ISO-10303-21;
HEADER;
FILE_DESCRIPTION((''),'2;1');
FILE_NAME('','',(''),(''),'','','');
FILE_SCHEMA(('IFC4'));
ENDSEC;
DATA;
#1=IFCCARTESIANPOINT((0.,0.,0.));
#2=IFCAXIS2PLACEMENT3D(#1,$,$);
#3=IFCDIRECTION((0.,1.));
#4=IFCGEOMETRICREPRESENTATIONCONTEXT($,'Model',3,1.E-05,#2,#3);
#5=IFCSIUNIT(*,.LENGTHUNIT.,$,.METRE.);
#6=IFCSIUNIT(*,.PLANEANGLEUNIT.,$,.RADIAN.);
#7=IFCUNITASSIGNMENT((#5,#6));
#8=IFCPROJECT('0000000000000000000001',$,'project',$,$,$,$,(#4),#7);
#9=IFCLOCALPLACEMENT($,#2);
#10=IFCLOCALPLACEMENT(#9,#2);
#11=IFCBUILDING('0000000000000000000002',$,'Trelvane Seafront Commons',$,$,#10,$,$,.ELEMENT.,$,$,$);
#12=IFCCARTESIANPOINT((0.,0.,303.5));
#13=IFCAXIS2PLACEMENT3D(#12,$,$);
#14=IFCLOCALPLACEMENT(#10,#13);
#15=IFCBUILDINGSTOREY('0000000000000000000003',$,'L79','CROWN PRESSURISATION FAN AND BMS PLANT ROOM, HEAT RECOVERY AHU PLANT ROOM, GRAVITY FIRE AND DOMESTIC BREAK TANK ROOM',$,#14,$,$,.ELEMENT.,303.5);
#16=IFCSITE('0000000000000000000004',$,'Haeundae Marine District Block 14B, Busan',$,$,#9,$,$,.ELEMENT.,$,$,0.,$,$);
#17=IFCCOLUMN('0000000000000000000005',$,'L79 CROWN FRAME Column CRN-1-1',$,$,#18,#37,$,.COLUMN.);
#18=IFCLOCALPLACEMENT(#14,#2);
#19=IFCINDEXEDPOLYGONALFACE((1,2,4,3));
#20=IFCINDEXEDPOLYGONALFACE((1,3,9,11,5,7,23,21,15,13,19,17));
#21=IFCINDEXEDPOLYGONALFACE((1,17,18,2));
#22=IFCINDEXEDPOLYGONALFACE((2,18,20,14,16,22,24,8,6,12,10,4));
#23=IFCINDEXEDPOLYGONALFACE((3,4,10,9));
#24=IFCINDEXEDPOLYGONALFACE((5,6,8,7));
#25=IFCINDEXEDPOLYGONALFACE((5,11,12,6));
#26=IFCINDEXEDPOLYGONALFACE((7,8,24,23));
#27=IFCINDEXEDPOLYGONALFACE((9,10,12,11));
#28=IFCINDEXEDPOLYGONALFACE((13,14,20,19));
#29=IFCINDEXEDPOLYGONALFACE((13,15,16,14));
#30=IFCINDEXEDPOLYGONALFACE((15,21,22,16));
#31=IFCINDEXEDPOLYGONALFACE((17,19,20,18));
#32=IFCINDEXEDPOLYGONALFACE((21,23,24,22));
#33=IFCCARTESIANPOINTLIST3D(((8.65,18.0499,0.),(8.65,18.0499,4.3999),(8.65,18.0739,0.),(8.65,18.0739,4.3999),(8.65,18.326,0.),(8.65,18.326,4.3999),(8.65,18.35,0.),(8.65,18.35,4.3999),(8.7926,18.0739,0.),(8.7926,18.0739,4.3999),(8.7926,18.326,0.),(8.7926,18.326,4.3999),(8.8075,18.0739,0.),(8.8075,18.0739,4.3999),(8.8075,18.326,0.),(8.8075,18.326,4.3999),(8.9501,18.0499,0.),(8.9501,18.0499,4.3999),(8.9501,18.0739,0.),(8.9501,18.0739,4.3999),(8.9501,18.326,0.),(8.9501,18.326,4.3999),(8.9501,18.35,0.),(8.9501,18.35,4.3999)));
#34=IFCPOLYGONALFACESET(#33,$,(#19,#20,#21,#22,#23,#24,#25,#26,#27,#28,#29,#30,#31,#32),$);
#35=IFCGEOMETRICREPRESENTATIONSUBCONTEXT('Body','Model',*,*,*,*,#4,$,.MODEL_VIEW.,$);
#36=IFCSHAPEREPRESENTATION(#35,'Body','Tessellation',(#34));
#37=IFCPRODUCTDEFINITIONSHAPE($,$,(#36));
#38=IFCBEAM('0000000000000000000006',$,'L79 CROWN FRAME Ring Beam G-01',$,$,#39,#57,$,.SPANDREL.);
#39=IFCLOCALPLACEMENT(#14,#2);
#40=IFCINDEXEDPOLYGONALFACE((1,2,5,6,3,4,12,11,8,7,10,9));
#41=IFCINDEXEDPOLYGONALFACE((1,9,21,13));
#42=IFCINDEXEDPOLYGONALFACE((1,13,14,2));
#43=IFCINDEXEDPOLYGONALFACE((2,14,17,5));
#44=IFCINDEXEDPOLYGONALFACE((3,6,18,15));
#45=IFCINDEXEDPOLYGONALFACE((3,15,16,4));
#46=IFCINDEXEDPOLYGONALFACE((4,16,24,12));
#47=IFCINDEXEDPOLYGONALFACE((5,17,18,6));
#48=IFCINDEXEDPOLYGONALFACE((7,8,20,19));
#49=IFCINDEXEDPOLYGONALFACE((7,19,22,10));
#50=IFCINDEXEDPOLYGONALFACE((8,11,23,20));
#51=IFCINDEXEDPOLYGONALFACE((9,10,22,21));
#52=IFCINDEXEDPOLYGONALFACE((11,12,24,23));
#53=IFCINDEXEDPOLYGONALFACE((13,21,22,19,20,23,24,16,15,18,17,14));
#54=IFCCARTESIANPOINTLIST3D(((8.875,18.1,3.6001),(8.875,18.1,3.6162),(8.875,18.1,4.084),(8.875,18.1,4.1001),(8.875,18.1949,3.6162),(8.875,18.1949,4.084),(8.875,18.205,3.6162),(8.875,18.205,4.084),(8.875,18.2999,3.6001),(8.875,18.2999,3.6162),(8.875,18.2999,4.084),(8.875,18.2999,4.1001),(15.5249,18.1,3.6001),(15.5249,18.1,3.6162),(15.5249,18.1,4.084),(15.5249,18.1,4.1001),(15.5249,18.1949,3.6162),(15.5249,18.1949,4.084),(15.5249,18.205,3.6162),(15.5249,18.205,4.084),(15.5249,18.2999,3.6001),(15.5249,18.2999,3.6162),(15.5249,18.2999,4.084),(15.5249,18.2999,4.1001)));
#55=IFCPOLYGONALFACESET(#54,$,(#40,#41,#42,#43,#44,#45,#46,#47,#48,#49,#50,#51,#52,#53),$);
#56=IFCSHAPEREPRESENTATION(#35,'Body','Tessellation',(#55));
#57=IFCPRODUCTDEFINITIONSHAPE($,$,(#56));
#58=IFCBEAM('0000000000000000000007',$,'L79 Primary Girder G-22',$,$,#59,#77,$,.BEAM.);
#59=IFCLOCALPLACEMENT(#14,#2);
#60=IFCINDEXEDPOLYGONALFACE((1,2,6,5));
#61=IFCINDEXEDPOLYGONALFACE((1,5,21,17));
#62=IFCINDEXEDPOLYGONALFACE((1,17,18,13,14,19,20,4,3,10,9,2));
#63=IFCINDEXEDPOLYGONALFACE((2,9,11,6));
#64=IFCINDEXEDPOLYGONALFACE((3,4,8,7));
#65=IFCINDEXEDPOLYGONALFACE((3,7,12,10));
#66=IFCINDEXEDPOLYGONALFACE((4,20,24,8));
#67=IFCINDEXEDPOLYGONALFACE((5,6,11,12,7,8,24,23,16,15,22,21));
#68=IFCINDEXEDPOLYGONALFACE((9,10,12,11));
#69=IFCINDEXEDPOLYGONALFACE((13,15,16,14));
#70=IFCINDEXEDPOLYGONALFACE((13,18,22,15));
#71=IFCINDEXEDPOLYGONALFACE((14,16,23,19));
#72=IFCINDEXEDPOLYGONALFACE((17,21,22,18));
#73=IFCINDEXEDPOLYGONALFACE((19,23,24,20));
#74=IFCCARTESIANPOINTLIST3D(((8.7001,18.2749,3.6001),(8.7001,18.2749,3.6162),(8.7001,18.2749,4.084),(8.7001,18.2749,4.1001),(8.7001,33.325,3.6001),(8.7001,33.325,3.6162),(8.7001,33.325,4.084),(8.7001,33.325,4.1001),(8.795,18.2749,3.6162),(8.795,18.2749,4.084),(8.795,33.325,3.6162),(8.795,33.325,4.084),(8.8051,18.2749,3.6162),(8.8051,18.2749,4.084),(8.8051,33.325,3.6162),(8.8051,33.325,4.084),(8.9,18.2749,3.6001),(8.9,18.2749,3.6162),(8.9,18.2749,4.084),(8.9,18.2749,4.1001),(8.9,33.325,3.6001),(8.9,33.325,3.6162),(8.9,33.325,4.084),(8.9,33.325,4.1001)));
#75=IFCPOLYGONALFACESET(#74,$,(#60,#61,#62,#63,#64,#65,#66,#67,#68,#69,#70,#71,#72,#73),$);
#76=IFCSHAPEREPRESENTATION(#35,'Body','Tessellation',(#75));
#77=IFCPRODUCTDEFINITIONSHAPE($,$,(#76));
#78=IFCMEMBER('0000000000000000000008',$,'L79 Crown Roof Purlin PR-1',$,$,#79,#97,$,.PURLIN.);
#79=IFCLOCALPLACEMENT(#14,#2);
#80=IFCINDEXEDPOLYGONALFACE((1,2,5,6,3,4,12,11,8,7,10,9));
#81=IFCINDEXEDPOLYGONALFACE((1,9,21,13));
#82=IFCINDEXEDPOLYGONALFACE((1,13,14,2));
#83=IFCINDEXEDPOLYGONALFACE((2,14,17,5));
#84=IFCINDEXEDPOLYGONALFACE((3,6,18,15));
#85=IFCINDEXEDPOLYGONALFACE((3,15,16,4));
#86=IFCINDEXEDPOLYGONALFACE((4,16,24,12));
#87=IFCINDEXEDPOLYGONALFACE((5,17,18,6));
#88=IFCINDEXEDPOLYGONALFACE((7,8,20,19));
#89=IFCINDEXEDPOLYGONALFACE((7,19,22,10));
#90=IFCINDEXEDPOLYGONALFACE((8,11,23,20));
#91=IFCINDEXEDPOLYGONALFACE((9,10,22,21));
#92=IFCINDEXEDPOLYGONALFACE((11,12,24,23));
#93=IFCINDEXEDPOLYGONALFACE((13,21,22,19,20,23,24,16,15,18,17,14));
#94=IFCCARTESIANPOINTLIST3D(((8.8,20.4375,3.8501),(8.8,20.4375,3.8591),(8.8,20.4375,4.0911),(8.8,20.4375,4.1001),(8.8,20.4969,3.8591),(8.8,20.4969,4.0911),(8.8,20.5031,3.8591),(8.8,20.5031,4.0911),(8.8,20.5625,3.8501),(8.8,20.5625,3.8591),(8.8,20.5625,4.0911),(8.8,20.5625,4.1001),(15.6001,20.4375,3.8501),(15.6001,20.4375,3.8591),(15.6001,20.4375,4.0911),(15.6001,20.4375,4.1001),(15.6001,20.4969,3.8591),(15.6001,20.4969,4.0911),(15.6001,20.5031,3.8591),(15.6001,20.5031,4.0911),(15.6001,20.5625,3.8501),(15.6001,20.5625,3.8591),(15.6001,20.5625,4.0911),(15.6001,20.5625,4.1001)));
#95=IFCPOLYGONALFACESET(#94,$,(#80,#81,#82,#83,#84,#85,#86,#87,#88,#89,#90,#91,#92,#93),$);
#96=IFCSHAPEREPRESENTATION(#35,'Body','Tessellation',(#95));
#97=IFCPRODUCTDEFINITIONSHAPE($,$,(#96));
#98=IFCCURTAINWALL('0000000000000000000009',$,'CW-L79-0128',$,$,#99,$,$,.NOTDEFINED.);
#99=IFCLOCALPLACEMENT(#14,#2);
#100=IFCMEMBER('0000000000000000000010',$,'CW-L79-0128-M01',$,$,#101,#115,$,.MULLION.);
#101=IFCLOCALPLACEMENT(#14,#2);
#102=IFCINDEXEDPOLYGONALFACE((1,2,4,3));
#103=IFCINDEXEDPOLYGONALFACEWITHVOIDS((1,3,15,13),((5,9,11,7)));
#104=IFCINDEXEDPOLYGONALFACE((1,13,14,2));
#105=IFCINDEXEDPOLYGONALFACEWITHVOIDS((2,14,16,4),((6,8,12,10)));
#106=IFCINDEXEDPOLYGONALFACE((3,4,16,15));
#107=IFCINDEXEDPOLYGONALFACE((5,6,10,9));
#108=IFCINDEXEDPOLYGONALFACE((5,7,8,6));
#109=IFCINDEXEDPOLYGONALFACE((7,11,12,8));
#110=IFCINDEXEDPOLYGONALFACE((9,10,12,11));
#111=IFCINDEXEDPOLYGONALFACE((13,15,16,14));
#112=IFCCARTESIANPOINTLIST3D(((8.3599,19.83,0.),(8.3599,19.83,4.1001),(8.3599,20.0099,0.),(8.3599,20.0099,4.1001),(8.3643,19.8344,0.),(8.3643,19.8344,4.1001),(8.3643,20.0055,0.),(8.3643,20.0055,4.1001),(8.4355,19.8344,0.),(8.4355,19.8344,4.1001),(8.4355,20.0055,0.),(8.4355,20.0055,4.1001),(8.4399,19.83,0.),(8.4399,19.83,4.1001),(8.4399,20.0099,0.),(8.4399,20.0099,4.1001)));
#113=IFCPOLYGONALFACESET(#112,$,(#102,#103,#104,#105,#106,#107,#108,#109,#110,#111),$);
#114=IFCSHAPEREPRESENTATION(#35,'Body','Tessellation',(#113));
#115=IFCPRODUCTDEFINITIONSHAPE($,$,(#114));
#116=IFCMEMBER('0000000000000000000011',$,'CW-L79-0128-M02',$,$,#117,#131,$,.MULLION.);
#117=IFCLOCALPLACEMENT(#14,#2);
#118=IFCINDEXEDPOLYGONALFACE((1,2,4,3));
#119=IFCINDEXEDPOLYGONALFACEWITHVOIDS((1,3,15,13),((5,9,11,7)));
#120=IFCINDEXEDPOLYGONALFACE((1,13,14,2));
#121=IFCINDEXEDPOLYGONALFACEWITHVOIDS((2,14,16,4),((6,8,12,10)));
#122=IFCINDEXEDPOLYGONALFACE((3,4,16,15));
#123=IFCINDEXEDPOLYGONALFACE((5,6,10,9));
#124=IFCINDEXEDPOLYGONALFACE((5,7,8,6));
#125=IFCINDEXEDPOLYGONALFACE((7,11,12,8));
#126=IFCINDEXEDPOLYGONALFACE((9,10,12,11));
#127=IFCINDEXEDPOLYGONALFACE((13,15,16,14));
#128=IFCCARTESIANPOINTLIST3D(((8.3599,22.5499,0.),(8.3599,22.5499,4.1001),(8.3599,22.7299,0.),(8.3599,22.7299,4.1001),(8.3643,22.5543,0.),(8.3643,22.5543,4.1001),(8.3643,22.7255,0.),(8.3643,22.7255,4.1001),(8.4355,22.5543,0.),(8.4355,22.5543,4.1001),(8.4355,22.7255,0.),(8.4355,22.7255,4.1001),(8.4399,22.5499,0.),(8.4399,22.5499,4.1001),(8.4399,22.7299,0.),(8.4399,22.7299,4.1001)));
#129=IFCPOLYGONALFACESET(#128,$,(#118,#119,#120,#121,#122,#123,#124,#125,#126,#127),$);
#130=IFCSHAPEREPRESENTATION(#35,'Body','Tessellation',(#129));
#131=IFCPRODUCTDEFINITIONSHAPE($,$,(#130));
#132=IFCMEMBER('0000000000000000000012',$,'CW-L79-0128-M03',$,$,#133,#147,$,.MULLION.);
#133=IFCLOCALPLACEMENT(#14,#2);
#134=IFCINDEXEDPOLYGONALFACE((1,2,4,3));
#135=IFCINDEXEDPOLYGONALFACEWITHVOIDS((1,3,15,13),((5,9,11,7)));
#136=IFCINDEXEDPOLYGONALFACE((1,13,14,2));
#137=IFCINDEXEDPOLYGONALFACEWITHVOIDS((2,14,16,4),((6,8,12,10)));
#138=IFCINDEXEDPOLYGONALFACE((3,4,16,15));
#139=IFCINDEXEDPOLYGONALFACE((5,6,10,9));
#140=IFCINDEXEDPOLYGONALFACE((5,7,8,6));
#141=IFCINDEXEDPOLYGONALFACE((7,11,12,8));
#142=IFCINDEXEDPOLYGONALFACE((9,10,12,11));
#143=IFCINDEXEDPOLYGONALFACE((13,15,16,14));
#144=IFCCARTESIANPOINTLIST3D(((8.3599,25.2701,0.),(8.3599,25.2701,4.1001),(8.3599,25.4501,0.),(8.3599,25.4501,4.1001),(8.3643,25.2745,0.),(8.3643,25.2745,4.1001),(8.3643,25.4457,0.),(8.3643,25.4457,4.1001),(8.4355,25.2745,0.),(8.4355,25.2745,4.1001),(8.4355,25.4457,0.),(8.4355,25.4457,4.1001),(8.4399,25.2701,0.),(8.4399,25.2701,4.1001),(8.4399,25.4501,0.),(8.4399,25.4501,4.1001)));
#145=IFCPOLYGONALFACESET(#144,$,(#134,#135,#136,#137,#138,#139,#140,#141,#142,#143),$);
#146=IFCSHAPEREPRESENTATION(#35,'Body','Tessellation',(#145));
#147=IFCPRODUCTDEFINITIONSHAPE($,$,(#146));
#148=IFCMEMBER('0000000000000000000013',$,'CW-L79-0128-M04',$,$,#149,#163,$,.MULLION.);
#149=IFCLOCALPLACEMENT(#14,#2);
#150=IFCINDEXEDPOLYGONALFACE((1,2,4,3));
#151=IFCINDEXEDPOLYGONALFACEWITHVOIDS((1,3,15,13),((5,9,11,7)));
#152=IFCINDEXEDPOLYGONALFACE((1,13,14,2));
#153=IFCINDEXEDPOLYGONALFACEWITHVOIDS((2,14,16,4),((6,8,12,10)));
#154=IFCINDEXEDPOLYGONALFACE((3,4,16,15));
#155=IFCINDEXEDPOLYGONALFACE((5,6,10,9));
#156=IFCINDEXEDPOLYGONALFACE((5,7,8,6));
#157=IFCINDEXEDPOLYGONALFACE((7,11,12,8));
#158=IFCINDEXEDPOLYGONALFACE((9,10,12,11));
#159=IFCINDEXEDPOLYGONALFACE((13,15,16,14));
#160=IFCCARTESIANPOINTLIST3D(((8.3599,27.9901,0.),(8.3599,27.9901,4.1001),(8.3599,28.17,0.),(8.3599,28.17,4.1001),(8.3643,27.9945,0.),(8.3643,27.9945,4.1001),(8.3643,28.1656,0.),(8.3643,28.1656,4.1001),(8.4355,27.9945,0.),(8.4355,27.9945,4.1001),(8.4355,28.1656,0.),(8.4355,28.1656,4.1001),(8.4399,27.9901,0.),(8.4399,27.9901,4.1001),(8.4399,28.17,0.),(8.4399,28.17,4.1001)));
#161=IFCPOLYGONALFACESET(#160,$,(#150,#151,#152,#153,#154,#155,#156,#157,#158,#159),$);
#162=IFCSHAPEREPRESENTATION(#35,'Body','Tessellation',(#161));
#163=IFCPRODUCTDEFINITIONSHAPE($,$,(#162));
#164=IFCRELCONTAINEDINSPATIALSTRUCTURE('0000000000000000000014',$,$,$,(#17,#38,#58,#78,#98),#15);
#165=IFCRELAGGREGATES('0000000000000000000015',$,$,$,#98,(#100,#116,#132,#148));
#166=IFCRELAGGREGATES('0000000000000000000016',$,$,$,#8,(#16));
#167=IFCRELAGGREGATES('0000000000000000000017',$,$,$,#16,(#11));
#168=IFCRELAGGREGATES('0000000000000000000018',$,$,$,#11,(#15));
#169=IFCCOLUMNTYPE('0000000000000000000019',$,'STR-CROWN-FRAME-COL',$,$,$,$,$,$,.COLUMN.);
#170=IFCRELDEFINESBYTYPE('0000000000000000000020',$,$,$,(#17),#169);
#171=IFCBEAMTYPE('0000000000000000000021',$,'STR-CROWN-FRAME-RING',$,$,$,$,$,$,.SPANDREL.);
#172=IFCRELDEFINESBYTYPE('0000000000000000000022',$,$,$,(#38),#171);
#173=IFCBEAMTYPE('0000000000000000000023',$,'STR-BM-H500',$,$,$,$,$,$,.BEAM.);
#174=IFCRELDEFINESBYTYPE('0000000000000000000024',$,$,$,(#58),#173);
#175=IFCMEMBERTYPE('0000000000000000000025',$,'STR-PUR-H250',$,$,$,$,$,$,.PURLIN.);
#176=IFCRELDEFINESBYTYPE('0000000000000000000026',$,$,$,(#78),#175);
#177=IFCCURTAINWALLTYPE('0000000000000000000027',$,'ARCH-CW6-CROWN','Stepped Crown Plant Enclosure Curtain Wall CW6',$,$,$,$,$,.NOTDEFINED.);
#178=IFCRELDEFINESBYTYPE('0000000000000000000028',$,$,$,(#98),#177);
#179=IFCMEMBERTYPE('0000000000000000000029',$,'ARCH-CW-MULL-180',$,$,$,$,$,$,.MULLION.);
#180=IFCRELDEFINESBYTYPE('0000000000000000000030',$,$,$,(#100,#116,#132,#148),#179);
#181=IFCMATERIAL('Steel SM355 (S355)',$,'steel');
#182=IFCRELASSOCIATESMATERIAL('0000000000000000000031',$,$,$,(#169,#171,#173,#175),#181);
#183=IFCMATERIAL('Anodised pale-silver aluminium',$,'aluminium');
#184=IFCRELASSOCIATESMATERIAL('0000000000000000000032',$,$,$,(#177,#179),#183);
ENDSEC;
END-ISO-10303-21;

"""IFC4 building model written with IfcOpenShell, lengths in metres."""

from ifc_helpers import new_model, si_unit, direction, frame, origin, origin_2d, place, context, subcontext, project, spatial, hollow_rectangle, i_section, extrude, source, transform, mapped, material, material_profile, profile_set, type_object, element, aggregate, save


model = new_model("IFC4")

# Units and contexts
model_context = context("Model", 3, precision=1e-05, world=origin(), true_north=direction((0.0, 1.0)))
body_context = subcontext(model_context, "Body", "Model", "MODEL_VIEW")
ifc_project = project(units=[si_unit("LENGTHUNIT", "METRE"), si_unit("PLANEANGLEUNIT", "RADIAN")], contexts=[model_context])

# Site, building, storey
site_placement = place(None, origin())
site = spatial("IfcSite", under=ifc_project, at=site_placement, Name="Haeundae Marine District Block 14B, Busan", CompositionType="ELEMENT", RefElevation=0.0)
building_placement = place(site_placement, origin())
building = spatial("IfcBuilding", under=site, at=building_placement, Name="Trelvane Seafront Commons", CompositionType="ELEMENT")
storey_placement = place(building_placement, frame((0.0, 0.0, 303.5)))
storey = spatial("IfcBuildingStorey", under=building, at=storey_placement, Name="L79", Description="CROWN PRESSURISATION FAN AND BMS PLANT ROOM, HEAT RECOVERY AHU PLANT ROOM, GRAVITY FIRE AND DOMESTIC BREAK TANK ROOM", CompositionType="ELEMENT", Elevation=303.5)

# Column
ifc_material_1 = material(Name="Steel SM355 (S355)", Category="steel")
ifc_material_profile_1 = material_profile(ifc_material_1, i_section(OverallWidth=0.3, OverallDepth=0.3, WebThickness=0.0149, FlangeThickness=0.0239, at=origin_2d()), Name="HD-300x300x15x24")
ifc_profile_set_1 = profile_set([ifc_material_profile_1], Name="Steel SM355 (S355)")
column_type = type_object("IfcColumnType", Name="STR-CROWN-FRAME-COL", PredefinedType="COLUMN", material=ifc_profile_set_1)
shared_shape_1 = source(origin(), body_context, "Body", "SweptSolid", [
    extrude(i_section(OverallWidth=0.3, OverallDepth=0.3, WebThickness=0.0149, FlangeThickness=0.0239, at=origin_2d()), origin(), (0.0, 0.0, 1.0), 4.3999),
])
column_placement = place(storey_placement, frame((8.8, 18.2, 0.0), z_axis=(0.0, 0.0, 1.0), x_axis=(1.0, 0.0, 0.0)))
element("IfcColumn", 1, at=column_placement, inside=storey, type_object=column_type, Name="L79 CROWN FRAME Column CRN-1-1", PredefinedType="COLUMN", context=body_context, shape_type="MappedRepresentation", body=[
    mapped(shared_shape_1, transform((0.0, 0.0, 0.0), x_axis=(1.0, 0.0, 0.0), y_axis=(0.0, 1.0, 0.0), z_axis=(0.0, 0.0, 1.0), scale=1.0)),
])

# Beams
ifc_material_profile_2 = material_profile(ifc_material_1, i_section(OverallWidth=0.2, OverallDepth=0.5, WebThickness=0.01, FlangeThickness=0.0161, at=origin_2d()), Name="H-500x200x10x16")
ifc_profile_set_2 = profile_set([ifc_material_profile_2], Name="Steel SM355 (S355)")
beam_type_1 = type_object("IfcBeamType", Name="STR-CROWN-FRAME-RING", PredefinedType="SPANDREL", material=ifc_profile_set_2)
shared_shape_2 = source(origin(), body_context, "Body", "SweptSolid", [
    extrude(i_section(OverallWidth=0.2, OverallDepth=0.5, WebThickness=0.01, FlangeThickness=0.0161, at=origin_2d()), origin(), (0.0, 0.0, 1.0), 6.6499),
])
beam_1_placement = place(storey_placement, frame((8.875, 18.2, 3.8501), z_axis=(1.0, 0.0, 0.0), x_axis=(0.0, 1.0, 0.0)))
element("IfcBeam", 2, at=beam_1_placement, inside=storey, type_object=beam_type_1, Name="L79 CROWN FRAME Ring Beam G-01", PredefinedType="SPANDREL", context=body_context, shape_type="MappedRepresentation", body=[
    mapped(shared_shape_2, transform((0.0, 0.0, 0.0), x_axis=(1.0, 0.0, 0.0), y_axis=(0.0, 1.0, 0.0), z_axis=(0.0, 0.0, 1.0), scale=1.0)),
])
ifc_material_profile_3 = material_profile(ifc_material_1, i_section(OverallWidth=0.2, OverallDepth=0.5, WebThickness=0.01, FlangeThickness=0.0161, at=origin_2d()), Name="H-500x200x10x16")
ifc_profile_set_3 = profile_set([ifc_material_profile_3], Name="Steel SM355 (S355)")
beam_type_2 = type_object("IfcBeamType", Name="STR-BM-H500", PredefinedType="BEAM", material=ifc_profile_set_3)
shared_shape_3 = source(origin(), body_context, "Body", "SweptSolid", [
    extrude(i_section(OverallWidth=0.2, OverallDepth=0.5, WebThickness=0.01, FlangeThickness=0.0161, at=origin_2d()), origin(), (0.0, 0.0, 1.0), 15.05),
])
beam_2_placement = place(storey_placement, frame((8.8, 18.2749, 3.8501), z_axis=(0.0, 1.0, 0.0), x_axis=(-1.0, 0.0, 0.0)))
element("IfcBeam", 3, at=beam_2_placement, inside=storey, type_object=beam_type_2, Name="L79 Primary Girder G-22", PredefinedType="BEAM", context=body_context, shape_type="MappedRepresentation", body=[
    mapped(shared_shape_3, transform((0.0, 0.0, 0.0), x_axis=(1.0, 0.0, 0.0), y_axis=(0.0, 1.0, 0.0), z_axis=(0.0, 0.0, 1.0), scale=1.0)),
])

# Member
ifc_material_profile_4 = material_profile(ifc_material_1, i_section(OverallWidth=0.125, OverallDepth=0.25, WebThickness=0.0061, FlangeThickness=0.009, at=origin_2d()), Name="H-250x125x6x9")
ifc_profile_set_4 = profile_set([ifc_material_profile_4], Name="Steel SM355 (S355)")
member_type_1 = type_object("IfcMemberType", Name="STR-PUR-H250", PredefinedType="PURLIN", material=ifc_profile_set_4)
shared_shape_4 = source(origin(), body_context, "Body", "SweptSolid", [
    extrude(i_section(OverallWidth=0.125, OverallDepth=0.25, WebThickness=0.0061, FlangeThickness=0.009, at=origin_2d()), origin(), (0.0, 0.0, 1.0), 6.8),
])
member_1_placement = place(storey_placement, frame((8.8, 20.5, 3.9751), z_axis=(1.0, 0.0, 0.0), x_axis=(0.0, 1.0, 0.0)))
element("IfcMember", 4, at=member_1_placement, inside=storey, type_object=member_type_1, Name="L79 Crown Roof Purlin PR-1", PredefinedType="PURLIN", context=body_context, shape_type="MappedRepresentation", body=[
    mapped(shared_shape_4, transform((0.0, 0.0, 0.0), x_axis=(1.0, 0.0, 0.0), y_axis=(0.0, 1.0, 0.0), z_axis=(0.0, 0.0, 1.0), scale=1.0)),
])

# Curtain wall, members
ifc_material_2 = material(Name="Anodised pale-silver aluminium", Category="aluminium")
curtain_wall_type = type_object("IfcCurtainWallType", Name="ARCH-CW6-CROWN", Description="Stepped Crown Plant Enclosure Curtain Wall CW6", PredefinedType="NOTDEFINED", material=ifc_material_2)
curtain_wall_placement = place(storey_placement, origin())
curtain_wall = element("IfcCurtainWall", 5, at=curtain_wall_placement, inside=storey, type_object=curtain_wall_type, Name="CW-L79-0128", PredefinedType="NOTDEFINED")
ifc_material_profile_5 = material_profile(ifc_material_2, hollow_rectangle(XDim=0.0801, YDim=0.1799, WallThickness=0.0044, at=origin_2d()), Name="MULL-80x180x4.5")
ifc_profile_set_5 = profile_set([ifc_material_profile_5], Name="Anodised pale-silver aluminium")
member_type_2 = type_object("IfcMemberType", Name="ARCH-CW-MULL-180", PredefinedType="MULLION", material=ifc_profile_set_5)
shared_shape_5 = source(origin(), body_context, "Body", "SweptSolid", [
    extrude(hollow_rectangle(XDim=0.0801, YDim=0.1799, WallThickness=0.0044, at=origin_2d()), origin(), (0.0, 0.0, 1.0), 4.1001),
])
member_2_placement = place(storey_placement, frame((8.3999, 19.9199, 0.0), z_axis=(0.0, 0.0, 1.0), x_axis=(1.0, 0.0, 0.0)))
member_2 = element("IfcMember", 6, at=member_2_placement, type_object=member_type_2, Name="CW-L79-0128-M01", PredefinedType="MULLION", context=body_context, shape_type="MappedRepresentation", body=[
    mapped(shared_shape_5, transform((0.0, 0.0, 0.0), x_axis=(1.0, 0.0, 0.0), y_axis=(0.0, 1.0, 0.0), z_axis=(0.0, 0.0, 1.0), scale=1.0)),
])
member_3_placement = place(storey_placement, frame((8.3999, 22.6399, 0.0), z_axis=(0.0, 0.0, 1.0), x_axis=(1.0, 0.0, 0.0)))
member_3 = element("IfcMember", 7, at=member_3_placement, type_object=member_type_2, Name="CW-L79-0128-M02", PredefinedType="MULLION", context=body_context, shape_type="MappedRepresentation", body=[
    mapped(shared_shape_5, transform((0.0, 0.0, 0.0), x_axis=(1.0, 0.0, 0.0), y_axis=(0.0, 1.0, 0.0), z_axis=(0.0, 0.0, 1.0), scale=1.0)),
])
member_4_placement = place(storey_placement, frame((8.3999, 25.3601, 0.0), z_axis=(0.0, 0.0, 1.0), x_axis=(1.0, 0.0, 0.0)))
member_4 = element("IfcMember", 8, at=member_4_placement, type_object=member_type_2, Name="CW-L79-0128-M03", PredefinedType="MULLION", context=body_context, shape_type="MappedRepresentation", body=[
    mapped(shared_shape_5, transform((0.0, 0.0, 0.0), x_axis=(1.0, 0.0, 0.0), y_axis=(0.0, 1.0, 0.0), z_axis=(0.0, 0.0, 1.0), scale=1.0)),
])
member_5_placement = place(storey_placement, frame((8.3999, 28.0801, 0.0), z_axis=(0.0, 0.0, 1.0), x_axis=(1.0, 0.0, 0.0)))
member_5 = element("IfcMember", 9, at=member_5_placement, type_object=member_type_2, Name="CW-L79-0128-M04", PredefinedType="MULLION", context=body_context, shape_type="MappedRepresentation", body=[
    mapped(shared_shape_5, transform((0.0, 0.0, 0.0), x_axis=(1.0, 0.0, 0.0), y_axis=(0.0, 1.0, 0.0), z_axis=(0.0, 0.0, 1.0), scale=1.0)),
])
aggregate(curtain_wall, [member_2, member_3, member_4, member_5])

save(model, "model.ifc")
